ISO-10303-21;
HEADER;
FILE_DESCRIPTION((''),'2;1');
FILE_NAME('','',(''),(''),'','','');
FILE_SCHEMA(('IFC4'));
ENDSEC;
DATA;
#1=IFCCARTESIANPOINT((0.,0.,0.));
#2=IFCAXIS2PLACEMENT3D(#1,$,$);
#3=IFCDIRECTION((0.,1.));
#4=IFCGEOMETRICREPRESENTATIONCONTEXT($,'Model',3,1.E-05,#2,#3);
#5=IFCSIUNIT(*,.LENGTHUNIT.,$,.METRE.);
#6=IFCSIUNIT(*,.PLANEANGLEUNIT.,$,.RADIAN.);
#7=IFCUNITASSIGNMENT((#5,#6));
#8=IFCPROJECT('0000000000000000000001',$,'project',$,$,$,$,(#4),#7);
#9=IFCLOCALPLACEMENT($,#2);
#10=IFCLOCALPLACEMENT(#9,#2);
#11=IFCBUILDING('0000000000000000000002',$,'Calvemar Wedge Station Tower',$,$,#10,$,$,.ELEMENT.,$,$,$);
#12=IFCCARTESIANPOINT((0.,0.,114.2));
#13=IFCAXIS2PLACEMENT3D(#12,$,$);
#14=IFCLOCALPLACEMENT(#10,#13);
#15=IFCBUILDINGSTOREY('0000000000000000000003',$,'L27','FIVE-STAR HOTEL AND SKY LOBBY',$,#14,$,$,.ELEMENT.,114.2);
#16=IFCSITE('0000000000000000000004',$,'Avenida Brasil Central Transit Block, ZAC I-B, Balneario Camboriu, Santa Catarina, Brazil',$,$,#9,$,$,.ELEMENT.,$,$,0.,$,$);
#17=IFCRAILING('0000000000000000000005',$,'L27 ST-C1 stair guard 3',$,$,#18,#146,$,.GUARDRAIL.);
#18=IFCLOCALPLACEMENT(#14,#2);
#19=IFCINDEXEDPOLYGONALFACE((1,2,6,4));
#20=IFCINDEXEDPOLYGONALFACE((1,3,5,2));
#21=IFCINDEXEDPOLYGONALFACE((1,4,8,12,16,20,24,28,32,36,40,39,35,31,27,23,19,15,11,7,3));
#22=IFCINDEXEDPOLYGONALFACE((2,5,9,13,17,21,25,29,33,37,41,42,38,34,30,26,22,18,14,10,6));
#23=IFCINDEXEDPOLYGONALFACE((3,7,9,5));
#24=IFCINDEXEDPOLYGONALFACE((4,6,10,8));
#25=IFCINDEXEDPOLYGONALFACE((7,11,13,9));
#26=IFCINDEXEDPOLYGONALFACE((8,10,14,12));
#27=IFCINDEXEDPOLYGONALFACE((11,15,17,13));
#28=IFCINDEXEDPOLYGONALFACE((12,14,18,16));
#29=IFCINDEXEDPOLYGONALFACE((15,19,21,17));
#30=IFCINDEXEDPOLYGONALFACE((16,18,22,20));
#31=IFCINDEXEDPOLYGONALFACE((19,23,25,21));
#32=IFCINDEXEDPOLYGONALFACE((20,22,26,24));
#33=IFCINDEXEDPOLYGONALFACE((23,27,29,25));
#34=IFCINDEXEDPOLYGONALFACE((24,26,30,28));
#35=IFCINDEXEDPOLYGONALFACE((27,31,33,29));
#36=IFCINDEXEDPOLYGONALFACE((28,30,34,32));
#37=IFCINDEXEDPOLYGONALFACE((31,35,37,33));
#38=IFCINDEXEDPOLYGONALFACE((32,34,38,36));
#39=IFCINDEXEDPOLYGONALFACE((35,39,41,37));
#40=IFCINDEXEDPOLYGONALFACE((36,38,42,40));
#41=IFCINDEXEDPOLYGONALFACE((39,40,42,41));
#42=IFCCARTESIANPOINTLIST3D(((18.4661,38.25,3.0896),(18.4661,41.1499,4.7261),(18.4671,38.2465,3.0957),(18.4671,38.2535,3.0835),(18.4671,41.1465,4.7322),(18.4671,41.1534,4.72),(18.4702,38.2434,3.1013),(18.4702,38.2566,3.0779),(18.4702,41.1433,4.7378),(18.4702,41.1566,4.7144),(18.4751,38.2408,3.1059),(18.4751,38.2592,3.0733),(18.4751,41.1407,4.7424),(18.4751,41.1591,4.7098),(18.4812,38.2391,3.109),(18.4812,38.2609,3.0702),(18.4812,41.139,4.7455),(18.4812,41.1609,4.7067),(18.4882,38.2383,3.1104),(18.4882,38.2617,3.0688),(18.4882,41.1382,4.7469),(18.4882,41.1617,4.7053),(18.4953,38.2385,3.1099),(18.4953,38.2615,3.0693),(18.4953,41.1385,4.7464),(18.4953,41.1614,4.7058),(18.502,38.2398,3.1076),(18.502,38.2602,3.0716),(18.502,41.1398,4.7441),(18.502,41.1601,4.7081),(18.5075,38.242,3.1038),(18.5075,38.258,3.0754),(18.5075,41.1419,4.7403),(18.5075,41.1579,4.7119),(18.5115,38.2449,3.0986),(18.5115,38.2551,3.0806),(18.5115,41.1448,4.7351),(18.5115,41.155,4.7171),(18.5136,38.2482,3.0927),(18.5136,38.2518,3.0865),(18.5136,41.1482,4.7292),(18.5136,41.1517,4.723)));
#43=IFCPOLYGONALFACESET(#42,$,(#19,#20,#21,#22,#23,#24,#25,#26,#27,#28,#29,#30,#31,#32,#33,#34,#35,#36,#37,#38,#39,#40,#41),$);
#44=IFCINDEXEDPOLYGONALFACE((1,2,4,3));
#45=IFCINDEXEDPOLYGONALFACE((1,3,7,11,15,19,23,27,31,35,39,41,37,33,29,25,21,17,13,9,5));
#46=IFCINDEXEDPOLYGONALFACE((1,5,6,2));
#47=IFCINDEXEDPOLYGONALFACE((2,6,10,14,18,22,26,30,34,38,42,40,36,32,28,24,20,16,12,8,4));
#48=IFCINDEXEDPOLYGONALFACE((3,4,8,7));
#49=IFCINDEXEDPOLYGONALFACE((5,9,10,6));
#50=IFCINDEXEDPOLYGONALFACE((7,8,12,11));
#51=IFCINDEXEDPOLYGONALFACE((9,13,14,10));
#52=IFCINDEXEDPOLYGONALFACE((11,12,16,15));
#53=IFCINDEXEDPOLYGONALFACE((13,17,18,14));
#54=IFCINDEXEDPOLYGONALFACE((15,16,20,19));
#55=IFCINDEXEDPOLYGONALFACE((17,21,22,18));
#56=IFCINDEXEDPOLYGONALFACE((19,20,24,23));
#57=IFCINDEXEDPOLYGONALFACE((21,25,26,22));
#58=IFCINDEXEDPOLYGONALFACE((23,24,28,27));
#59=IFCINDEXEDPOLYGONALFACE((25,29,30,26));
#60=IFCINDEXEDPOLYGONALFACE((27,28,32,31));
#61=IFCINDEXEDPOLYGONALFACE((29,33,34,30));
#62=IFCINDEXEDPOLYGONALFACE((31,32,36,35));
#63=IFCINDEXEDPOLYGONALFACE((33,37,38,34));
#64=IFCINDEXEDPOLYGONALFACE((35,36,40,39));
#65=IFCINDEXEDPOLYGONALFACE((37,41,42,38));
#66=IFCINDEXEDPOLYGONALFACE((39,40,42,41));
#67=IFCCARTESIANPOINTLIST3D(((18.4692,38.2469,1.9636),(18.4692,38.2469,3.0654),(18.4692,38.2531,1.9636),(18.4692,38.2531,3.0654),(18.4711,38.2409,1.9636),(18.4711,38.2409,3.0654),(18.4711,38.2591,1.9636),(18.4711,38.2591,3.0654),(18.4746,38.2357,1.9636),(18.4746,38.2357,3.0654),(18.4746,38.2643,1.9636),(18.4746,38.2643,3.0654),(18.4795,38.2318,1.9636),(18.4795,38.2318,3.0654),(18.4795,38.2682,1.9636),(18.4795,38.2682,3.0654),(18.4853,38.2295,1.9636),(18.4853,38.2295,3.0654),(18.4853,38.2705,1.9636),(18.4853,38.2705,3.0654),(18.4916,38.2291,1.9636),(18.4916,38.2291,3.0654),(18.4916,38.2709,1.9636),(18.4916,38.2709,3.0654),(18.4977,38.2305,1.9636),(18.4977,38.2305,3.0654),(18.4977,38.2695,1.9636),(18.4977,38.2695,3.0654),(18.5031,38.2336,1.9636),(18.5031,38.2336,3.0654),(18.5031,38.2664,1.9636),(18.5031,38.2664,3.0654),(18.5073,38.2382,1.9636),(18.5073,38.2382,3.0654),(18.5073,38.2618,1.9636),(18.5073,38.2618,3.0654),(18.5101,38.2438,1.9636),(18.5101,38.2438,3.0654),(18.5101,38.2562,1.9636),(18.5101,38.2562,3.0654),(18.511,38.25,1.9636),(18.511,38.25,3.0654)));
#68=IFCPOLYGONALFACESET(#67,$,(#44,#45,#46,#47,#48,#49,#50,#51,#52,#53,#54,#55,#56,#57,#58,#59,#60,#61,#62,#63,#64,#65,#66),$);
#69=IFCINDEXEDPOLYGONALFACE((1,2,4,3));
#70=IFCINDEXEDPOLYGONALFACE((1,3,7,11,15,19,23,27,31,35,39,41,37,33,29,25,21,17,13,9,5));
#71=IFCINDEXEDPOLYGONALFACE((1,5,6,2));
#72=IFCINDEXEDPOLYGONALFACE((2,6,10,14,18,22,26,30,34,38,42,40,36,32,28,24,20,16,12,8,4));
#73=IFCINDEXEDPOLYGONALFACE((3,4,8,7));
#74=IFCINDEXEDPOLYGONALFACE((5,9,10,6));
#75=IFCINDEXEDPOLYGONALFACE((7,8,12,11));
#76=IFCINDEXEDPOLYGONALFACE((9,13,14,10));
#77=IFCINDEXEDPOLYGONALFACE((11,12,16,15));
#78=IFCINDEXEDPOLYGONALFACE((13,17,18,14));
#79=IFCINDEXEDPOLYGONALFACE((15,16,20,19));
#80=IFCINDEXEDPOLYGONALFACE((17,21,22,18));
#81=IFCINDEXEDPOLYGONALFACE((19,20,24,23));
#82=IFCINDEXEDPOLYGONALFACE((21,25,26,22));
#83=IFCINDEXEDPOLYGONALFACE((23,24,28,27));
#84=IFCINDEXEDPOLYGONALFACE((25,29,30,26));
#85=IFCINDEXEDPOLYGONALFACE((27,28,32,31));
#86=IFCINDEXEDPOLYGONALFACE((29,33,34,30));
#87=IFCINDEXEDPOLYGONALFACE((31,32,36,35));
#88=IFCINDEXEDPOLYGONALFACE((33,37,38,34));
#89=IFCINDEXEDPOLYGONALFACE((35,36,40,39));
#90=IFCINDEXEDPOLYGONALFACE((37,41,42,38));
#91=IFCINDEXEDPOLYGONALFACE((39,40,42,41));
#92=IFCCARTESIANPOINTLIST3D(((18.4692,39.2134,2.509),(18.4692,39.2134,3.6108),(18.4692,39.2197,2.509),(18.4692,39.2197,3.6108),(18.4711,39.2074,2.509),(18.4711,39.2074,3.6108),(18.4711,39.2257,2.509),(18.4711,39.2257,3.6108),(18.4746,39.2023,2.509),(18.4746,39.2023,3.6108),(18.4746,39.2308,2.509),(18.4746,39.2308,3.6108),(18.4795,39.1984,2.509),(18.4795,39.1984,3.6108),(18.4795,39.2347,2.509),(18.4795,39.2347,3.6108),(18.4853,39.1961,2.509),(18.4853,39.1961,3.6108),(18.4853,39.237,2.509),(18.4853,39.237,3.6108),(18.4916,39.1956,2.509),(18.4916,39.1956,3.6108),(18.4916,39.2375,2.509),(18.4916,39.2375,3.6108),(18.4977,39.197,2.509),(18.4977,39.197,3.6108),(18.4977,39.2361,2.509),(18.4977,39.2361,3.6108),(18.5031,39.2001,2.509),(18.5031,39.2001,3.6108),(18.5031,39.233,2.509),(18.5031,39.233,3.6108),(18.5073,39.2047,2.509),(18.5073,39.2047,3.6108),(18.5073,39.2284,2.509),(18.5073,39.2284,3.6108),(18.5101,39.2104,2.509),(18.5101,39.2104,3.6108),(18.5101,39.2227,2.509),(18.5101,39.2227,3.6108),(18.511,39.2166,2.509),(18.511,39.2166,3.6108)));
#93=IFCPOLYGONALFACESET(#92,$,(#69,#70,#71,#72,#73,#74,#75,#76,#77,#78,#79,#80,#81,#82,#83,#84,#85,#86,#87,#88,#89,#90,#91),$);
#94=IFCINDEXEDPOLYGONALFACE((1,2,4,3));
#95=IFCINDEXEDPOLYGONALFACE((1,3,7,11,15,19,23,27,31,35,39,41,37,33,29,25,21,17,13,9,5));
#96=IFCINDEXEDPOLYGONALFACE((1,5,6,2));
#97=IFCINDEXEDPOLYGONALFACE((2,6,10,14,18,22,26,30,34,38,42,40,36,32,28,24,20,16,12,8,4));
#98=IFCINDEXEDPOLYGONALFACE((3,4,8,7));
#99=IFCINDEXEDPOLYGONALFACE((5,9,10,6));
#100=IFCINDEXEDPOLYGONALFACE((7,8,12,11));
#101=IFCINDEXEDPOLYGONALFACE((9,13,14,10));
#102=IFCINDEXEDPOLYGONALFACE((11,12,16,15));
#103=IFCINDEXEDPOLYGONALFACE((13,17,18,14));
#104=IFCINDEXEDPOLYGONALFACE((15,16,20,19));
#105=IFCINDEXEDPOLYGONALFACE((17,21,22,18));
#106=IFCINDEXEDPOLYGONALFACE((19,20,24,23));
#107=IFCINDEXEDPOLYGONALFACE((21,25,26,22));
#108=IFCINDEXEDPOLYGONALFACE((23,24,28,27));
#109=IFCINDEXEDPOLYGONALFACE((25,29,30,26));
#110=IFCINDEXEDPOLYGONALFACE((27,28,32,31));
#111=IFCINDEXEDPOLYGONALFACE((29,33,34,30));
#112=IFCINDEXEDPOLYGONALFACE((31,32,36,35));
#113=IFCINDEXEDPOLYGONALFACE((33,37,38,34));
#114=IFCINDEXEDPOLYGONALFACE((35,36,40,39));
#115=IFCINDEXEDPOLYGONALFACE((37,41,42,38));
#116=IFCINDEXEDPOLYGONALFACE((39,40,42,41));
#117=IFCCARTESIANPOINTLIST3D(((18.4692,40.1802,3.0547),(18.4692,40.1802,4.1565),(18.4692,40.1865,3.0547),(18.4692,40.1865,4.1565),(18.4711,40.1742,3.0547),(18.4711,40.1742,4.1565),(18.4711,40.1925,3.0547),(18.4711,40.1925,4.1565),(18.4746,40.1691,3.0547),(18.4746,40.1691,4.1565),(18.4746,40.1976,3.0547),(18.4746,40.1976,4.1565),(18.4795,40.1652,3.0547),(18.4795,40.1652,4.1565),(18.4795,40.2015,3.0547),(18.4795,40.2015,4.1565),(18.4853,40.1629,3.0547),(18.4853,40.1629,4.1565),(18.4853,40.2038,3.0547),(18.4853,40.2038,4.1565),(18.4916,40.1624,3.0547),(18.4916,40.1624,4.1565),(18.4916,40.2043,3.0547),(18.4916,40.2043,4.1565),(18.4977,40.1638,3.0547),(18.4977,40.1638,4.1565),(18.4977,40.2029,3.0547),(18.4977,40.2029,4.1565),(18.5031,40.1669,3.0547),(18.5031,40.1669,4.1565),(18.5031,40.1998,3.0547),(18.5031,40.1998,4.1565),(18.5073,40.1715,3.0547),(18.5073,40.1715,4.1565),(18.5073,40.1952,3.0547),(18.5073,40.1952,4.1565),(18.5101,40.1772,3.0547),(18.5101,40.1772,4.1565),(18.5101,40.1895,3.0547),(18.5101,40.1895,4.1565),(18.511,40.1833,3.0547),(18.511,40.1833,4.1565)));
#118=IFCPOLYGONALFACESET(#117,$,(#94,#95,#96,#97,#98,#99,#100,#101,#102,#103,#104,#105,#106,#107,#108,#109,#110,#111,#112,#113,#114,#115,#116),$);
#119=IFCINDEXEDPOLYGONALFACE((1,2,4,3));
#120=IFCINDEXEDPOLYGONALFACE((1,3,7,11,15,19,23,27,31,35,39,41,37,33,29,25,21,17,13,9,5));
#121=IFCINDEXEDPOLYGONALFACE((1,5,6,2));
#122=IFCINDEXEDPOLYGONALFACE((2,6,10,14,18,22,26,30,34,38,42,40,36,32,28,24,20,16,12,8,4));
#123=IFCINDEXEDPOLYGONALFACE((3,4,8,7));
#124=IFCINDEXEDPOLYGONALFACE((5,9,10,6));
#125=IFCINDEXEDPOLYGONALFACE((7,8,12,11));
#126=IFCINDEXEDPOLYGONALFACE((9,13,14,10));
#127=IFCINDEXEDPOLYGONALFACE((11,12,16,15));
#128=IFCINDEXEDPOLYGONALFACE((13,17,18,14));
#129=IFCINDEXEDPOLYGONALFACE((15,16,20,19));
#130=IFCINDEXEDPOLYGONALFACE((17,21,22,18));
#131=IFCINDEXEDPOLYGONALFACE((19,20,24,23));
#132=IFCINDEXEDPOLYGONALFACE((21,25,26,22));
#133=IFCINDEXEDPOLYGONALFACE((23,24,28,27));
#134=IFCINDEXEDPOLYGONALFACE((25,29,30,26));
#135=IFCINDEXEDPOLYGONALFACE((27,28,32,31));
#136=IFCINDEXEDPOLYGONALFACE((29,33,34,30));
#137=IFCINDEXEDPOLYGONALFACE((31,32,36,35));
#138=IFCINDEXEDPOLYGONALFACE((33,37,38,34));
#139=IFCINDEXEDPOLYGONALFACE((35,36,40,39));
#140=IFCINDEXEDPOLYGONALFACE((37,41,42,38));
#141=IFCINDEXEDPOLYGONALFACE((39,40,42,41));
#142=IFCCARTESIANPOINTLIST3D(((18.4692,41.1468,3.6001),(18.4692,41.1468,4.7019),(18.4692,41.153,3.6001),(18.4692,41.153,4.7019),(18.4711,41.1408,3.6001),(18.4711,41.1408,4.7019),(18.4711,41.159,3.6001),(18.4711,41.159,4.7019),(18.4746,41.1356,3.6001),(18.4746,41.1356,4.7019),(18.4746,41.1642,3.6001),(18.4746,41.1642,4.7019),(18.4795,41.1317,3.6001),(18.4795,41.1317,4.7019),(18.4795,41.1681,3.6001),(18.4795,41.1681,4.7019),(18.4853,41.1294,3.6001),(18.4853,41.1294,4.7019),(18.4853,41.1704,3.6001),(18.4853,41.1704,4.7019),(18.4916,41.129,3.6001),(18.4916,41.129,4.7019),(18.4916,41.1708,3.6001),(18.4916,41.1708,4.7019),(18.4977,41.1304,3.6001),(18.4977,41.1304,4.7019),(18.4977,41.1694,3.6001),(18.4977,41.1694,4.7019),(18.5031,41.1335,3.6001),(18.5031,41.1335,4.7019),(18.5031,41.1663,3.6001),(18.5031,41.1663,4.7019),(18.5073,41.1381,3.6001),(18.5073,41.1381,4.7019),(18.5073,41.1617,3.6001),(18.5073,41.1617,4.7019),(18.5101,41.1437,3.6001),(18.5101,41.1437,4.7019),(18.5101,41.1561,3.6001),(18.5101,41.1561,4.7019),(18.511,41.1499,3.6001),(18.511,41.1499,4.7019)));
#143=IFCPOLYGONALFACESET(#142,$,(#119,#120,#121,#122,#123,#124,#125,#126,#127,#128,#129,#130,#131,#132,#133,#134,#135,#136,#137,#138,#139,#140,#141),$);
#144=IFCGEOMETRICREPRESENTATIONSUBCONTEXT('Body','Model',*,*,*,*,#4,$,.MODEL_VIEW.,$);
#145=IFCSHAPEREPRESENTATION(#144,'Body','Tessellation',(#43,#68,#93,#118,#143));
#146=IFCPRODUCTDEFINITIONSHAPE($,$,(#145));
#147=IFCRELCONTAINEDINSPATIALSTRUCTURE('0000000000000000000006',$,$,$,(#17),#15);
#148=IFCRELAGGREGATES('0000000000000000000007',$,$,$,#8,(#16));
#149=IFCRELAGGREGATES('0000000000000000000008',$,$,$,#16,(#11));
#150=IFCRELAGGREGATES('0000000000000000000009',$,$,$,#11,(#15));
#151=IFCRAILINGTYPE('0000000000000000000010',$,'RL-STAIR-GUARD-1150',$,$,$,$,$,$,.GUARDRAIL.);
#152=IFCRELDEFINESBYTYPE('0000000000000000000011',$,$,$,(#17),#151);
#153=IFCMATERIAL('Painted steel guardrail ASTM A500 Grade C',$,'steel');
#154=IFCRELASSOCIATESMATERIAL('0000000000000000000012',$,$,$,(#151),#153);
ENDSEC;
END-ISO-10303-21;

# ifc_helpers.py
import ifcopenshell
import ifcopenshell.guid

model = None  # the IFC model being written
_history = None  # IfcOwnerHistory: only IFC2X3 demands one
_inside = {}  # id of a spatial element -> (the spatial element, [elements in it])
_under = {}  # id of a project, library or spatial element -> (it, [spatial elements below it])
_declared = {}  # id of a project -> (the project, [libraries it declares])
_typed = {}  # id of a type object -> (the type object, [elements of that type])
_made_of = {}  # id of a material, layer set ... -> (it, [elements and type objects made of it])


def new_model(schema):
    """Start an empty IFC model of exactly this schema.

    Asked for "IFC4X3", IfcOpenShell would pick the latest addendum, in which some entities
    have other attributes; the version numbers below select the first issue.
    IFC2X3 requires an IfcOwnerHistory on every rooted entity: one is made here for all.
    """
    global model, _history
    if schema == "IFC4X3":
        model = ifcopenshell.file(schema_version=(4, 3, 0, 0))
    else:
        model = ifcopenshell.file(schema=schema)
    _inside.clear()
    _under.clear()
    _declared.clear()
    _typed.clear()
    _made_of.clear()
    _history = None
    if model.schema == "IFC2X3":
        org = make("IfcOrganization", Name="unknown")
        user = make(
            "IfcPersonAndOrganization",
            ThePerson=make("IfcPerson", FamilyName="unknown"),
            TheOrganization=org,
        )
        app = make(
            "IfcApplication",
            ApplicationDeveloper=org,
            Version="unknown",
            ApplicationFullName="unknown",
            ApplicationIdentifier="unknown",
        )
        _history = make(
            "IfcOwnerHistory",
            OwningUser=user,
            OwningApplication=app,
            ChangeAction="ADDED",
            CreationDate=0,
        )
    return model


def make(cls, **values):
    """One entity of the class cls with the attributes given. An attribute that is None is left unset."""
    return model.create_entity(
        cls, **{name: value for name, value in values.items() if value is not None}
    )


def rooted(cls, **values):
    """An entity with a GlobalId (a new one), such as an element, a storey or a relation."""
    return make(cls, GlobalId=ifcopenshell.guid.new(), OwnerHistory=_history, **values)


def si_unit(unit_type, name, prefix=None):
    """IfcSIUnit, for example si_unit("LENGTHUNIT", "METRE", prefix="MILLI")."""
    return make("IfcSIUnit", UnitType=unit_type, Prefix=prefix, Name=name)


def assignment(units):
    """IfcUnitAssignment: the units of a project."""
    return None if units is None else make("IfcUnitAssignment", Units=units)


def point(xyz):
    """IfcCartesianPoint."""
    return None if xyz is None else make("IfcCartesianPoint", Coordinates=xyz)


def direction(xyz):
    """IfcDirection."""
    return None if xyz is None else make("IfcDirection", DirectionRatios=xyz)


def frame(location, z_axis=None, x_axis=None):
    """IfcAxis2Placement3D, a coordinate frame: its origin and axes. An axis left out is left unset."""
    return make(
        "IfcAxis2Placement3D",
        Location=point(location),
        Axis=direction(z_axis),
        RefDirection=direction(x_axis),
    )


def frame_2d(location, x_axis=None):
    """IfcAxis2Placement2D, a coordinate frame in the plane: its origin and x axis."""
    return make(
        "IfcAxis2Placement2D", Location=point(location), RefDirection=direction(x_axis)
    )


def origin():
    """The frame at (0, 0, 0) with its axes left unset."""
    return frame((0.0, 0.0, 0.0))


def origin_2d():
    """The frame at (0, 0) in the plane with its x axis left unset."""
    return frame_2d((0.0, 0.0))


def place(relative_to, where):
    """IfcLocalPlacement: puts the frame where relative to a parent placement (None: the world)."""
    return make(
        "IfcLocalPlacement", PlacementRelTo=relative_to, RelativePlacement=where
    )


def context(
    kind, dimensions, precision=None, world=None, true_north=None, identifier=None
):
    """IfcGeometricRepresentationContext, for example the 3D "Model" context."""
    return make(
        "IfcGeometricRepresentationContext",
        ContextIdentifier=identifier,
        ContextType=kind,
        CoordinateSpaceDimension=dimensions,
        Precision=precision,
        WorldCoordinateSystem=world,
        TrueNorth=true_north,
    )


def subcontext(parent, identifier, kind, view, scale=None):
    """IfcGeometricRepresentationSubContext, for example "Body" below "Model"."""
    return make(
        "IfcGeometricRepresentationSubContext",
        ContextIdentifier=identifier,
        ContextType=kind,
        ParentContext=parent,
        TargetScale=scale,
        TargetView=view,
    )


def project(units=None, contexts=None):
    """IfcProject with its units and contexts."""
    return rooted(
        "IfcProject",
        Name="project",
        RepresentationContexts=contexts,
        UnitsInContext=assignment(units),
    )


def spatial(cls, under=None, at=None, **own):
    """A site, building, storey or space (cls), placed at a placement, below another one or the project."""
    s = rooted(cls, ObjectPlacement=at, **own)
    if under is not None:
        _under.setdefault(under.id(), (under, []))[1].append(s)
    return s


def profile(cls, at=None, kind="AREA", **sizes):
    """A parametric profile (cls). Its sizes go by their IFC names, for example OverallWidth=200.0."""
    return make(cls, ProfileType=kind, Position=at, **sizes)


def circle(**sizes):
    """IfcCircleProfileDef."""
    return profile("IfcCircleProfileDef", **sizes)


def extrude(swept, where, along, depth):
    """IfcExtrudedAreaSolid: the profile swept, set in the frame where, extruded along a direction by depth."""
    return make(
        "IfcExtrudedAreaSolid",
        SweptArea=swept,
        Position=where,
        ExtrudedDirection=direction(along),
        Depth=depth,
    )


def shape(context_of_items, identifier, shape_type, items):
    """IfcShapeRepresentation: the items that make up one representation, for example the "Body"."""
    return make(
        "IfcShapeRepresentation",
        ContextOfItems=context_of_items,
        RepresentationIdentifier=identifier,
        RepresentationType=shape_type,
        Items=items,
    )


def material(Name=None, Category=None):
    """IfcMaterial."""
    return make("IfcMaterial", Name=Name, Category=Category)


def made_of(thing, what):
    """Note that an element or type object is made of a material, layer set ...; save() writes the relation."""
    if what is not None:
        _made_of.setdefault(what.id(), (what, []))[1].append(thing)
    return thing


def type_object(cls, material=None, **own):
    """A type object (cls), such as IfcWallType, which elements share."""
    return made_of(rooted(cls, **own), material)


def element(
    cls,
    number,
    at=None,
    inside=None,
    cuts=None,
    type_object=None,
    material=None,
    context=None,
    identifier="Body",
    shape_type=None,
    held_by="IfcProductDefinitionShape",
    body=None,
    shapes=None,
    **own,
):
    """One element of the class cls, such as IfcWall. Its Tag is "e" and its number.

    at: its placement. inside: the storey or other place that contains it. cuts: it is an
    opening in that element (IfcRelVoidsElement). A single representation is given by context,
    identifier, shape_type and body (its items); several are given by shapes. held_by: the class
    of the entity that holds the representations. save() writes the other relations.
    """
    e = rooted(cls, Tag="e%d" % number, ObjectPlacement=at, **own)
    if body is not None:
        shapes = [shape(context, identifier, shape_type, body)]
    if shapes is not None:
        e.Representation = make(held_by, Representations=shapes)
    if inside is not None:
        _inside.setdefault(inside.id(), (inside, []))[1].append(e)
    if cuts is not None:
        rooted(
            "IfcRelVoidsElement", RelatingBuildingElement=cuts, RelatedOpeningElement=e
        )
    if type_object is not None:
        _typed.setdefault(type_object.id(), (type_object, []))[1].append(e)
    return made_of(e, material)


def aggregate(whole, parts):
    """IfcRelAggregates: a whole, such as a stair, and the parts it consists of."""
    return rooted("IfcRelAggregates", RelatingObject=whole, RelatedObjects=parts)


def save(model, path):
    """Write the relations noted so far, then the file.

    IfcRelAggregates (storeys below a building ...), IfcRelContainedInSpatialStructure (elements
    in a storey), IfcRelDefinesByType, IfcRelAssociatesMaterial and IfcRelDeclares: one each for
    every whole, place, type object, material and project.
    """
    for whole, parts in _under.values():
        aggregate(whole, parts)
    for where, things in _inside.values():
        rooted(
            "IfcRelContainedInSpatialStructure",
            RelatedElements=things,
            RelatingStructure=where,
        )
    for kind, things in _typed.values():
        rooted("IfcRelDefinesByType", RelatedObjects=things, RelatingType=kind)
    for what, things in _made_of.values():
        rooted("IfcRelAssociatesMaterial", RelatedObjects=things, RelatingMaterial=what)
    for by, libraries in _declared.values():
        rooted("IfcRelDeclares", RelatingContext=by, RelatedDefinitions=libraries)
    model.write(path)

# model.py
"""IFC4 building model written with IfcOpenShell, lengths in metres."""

from ifc_helpers import new_model, si_unit, direction, frame, origin, origin_2d, place, context, subcontext, project, spatial, circle, extrude, material, type_object, element, save


model = new_model("IFC4")

# Units and contexts
model_context = context("Model", 3, precision=1e-05, world=origin(), true_north=direction((0.0, 1.0)))
body_context = subcontext(model_context, "Body", "Model", "MODEL_VIEW")
ifc_project = project(units=[si_unit("LENGTHUNIT", "METRE"), si_unit("PLANEANGLEUNIT", "RADIAN")], contexts=[model_context])

# Site, building, storey
site_placement = place(None, origin())
site = spatial("IfcSite", under=ifc_project, at=site_placement, Name="Avenida Brasil Central Transit Block, ZAC I-B, Balneario Camboriu, Santa Catarina, Brazil", CompositionType="ELEMENT", RefElevation=0.0)
building_placement = place(site_placement, origin())
building = spatial("IfcBuilding", under=site, at=building_placement, Name="Calvemar Wedge Station Tower", CompositionType="ELEMENT")
storey_placement = place(building_placement, frame((0.0, 0.0, 114.2)))
storey = spatial("IfcBuildingStorey", under=building, at=storey_placement, Name="L27", Description="FIVE-STAR HOTEL AND SKY LOBBY", CompositionType="ELEMENT", Elevation=114.2)

# Railing
ifc_material_1 = material(Name="Painted steel guardrail ASTM A500 Grade C", Category="steel")
railing_type_1 = type_object("IfcRailingType", Name="RL-STAIR-GUARD-1150", PredefinedType="GUARDRAIL", material=ifc_material_1)
railing_1_placement = place(storey_placement, frame((18.49, 38.25, 1.9636)))
element("IfcRailing", 1, at=railing_1_placement, inside=storey, type_object=railing_type_1, Name="L27 ST-C1 stair guard 3", PredefinedType="GUARDRAIL", context=body_context, shape_type="SweptSolid", body=[
    extrude(circle(Radius=0.0239, at=origin_2d()), frame((0.0, 0.0, 1.126), z_axis=(0.0, 0.870897, 0.491465), x_axis=(-1.0, 0.0, 0.0)), (0.0, 0.0, 1.0), 3.3298),
    extrude(circle(Radius=0.021, at=origin_2d()), origin(), (0.0, 0.0, 1.0), 1.1018),
    extrude(circle(Radius=0.021, at=origin_2d()), frame((0.0, 0.9666, 0.5454)), (0.0, 0.0, 1.0), 1.1018),
    extrude(circle(Radius=0.021, at=origin_2d()), frame((0.0, 1.9333, 1.0911)), (0.0, 0.0, 1.0), 1.1018),
    extrude(circle(Radius=0.021, at=origin_2d()), frame((0.0, 2.8999, 1.6365)), (0.0, 0.0, 1.0), 1.1018),
])

save(model, "model.ifc")
